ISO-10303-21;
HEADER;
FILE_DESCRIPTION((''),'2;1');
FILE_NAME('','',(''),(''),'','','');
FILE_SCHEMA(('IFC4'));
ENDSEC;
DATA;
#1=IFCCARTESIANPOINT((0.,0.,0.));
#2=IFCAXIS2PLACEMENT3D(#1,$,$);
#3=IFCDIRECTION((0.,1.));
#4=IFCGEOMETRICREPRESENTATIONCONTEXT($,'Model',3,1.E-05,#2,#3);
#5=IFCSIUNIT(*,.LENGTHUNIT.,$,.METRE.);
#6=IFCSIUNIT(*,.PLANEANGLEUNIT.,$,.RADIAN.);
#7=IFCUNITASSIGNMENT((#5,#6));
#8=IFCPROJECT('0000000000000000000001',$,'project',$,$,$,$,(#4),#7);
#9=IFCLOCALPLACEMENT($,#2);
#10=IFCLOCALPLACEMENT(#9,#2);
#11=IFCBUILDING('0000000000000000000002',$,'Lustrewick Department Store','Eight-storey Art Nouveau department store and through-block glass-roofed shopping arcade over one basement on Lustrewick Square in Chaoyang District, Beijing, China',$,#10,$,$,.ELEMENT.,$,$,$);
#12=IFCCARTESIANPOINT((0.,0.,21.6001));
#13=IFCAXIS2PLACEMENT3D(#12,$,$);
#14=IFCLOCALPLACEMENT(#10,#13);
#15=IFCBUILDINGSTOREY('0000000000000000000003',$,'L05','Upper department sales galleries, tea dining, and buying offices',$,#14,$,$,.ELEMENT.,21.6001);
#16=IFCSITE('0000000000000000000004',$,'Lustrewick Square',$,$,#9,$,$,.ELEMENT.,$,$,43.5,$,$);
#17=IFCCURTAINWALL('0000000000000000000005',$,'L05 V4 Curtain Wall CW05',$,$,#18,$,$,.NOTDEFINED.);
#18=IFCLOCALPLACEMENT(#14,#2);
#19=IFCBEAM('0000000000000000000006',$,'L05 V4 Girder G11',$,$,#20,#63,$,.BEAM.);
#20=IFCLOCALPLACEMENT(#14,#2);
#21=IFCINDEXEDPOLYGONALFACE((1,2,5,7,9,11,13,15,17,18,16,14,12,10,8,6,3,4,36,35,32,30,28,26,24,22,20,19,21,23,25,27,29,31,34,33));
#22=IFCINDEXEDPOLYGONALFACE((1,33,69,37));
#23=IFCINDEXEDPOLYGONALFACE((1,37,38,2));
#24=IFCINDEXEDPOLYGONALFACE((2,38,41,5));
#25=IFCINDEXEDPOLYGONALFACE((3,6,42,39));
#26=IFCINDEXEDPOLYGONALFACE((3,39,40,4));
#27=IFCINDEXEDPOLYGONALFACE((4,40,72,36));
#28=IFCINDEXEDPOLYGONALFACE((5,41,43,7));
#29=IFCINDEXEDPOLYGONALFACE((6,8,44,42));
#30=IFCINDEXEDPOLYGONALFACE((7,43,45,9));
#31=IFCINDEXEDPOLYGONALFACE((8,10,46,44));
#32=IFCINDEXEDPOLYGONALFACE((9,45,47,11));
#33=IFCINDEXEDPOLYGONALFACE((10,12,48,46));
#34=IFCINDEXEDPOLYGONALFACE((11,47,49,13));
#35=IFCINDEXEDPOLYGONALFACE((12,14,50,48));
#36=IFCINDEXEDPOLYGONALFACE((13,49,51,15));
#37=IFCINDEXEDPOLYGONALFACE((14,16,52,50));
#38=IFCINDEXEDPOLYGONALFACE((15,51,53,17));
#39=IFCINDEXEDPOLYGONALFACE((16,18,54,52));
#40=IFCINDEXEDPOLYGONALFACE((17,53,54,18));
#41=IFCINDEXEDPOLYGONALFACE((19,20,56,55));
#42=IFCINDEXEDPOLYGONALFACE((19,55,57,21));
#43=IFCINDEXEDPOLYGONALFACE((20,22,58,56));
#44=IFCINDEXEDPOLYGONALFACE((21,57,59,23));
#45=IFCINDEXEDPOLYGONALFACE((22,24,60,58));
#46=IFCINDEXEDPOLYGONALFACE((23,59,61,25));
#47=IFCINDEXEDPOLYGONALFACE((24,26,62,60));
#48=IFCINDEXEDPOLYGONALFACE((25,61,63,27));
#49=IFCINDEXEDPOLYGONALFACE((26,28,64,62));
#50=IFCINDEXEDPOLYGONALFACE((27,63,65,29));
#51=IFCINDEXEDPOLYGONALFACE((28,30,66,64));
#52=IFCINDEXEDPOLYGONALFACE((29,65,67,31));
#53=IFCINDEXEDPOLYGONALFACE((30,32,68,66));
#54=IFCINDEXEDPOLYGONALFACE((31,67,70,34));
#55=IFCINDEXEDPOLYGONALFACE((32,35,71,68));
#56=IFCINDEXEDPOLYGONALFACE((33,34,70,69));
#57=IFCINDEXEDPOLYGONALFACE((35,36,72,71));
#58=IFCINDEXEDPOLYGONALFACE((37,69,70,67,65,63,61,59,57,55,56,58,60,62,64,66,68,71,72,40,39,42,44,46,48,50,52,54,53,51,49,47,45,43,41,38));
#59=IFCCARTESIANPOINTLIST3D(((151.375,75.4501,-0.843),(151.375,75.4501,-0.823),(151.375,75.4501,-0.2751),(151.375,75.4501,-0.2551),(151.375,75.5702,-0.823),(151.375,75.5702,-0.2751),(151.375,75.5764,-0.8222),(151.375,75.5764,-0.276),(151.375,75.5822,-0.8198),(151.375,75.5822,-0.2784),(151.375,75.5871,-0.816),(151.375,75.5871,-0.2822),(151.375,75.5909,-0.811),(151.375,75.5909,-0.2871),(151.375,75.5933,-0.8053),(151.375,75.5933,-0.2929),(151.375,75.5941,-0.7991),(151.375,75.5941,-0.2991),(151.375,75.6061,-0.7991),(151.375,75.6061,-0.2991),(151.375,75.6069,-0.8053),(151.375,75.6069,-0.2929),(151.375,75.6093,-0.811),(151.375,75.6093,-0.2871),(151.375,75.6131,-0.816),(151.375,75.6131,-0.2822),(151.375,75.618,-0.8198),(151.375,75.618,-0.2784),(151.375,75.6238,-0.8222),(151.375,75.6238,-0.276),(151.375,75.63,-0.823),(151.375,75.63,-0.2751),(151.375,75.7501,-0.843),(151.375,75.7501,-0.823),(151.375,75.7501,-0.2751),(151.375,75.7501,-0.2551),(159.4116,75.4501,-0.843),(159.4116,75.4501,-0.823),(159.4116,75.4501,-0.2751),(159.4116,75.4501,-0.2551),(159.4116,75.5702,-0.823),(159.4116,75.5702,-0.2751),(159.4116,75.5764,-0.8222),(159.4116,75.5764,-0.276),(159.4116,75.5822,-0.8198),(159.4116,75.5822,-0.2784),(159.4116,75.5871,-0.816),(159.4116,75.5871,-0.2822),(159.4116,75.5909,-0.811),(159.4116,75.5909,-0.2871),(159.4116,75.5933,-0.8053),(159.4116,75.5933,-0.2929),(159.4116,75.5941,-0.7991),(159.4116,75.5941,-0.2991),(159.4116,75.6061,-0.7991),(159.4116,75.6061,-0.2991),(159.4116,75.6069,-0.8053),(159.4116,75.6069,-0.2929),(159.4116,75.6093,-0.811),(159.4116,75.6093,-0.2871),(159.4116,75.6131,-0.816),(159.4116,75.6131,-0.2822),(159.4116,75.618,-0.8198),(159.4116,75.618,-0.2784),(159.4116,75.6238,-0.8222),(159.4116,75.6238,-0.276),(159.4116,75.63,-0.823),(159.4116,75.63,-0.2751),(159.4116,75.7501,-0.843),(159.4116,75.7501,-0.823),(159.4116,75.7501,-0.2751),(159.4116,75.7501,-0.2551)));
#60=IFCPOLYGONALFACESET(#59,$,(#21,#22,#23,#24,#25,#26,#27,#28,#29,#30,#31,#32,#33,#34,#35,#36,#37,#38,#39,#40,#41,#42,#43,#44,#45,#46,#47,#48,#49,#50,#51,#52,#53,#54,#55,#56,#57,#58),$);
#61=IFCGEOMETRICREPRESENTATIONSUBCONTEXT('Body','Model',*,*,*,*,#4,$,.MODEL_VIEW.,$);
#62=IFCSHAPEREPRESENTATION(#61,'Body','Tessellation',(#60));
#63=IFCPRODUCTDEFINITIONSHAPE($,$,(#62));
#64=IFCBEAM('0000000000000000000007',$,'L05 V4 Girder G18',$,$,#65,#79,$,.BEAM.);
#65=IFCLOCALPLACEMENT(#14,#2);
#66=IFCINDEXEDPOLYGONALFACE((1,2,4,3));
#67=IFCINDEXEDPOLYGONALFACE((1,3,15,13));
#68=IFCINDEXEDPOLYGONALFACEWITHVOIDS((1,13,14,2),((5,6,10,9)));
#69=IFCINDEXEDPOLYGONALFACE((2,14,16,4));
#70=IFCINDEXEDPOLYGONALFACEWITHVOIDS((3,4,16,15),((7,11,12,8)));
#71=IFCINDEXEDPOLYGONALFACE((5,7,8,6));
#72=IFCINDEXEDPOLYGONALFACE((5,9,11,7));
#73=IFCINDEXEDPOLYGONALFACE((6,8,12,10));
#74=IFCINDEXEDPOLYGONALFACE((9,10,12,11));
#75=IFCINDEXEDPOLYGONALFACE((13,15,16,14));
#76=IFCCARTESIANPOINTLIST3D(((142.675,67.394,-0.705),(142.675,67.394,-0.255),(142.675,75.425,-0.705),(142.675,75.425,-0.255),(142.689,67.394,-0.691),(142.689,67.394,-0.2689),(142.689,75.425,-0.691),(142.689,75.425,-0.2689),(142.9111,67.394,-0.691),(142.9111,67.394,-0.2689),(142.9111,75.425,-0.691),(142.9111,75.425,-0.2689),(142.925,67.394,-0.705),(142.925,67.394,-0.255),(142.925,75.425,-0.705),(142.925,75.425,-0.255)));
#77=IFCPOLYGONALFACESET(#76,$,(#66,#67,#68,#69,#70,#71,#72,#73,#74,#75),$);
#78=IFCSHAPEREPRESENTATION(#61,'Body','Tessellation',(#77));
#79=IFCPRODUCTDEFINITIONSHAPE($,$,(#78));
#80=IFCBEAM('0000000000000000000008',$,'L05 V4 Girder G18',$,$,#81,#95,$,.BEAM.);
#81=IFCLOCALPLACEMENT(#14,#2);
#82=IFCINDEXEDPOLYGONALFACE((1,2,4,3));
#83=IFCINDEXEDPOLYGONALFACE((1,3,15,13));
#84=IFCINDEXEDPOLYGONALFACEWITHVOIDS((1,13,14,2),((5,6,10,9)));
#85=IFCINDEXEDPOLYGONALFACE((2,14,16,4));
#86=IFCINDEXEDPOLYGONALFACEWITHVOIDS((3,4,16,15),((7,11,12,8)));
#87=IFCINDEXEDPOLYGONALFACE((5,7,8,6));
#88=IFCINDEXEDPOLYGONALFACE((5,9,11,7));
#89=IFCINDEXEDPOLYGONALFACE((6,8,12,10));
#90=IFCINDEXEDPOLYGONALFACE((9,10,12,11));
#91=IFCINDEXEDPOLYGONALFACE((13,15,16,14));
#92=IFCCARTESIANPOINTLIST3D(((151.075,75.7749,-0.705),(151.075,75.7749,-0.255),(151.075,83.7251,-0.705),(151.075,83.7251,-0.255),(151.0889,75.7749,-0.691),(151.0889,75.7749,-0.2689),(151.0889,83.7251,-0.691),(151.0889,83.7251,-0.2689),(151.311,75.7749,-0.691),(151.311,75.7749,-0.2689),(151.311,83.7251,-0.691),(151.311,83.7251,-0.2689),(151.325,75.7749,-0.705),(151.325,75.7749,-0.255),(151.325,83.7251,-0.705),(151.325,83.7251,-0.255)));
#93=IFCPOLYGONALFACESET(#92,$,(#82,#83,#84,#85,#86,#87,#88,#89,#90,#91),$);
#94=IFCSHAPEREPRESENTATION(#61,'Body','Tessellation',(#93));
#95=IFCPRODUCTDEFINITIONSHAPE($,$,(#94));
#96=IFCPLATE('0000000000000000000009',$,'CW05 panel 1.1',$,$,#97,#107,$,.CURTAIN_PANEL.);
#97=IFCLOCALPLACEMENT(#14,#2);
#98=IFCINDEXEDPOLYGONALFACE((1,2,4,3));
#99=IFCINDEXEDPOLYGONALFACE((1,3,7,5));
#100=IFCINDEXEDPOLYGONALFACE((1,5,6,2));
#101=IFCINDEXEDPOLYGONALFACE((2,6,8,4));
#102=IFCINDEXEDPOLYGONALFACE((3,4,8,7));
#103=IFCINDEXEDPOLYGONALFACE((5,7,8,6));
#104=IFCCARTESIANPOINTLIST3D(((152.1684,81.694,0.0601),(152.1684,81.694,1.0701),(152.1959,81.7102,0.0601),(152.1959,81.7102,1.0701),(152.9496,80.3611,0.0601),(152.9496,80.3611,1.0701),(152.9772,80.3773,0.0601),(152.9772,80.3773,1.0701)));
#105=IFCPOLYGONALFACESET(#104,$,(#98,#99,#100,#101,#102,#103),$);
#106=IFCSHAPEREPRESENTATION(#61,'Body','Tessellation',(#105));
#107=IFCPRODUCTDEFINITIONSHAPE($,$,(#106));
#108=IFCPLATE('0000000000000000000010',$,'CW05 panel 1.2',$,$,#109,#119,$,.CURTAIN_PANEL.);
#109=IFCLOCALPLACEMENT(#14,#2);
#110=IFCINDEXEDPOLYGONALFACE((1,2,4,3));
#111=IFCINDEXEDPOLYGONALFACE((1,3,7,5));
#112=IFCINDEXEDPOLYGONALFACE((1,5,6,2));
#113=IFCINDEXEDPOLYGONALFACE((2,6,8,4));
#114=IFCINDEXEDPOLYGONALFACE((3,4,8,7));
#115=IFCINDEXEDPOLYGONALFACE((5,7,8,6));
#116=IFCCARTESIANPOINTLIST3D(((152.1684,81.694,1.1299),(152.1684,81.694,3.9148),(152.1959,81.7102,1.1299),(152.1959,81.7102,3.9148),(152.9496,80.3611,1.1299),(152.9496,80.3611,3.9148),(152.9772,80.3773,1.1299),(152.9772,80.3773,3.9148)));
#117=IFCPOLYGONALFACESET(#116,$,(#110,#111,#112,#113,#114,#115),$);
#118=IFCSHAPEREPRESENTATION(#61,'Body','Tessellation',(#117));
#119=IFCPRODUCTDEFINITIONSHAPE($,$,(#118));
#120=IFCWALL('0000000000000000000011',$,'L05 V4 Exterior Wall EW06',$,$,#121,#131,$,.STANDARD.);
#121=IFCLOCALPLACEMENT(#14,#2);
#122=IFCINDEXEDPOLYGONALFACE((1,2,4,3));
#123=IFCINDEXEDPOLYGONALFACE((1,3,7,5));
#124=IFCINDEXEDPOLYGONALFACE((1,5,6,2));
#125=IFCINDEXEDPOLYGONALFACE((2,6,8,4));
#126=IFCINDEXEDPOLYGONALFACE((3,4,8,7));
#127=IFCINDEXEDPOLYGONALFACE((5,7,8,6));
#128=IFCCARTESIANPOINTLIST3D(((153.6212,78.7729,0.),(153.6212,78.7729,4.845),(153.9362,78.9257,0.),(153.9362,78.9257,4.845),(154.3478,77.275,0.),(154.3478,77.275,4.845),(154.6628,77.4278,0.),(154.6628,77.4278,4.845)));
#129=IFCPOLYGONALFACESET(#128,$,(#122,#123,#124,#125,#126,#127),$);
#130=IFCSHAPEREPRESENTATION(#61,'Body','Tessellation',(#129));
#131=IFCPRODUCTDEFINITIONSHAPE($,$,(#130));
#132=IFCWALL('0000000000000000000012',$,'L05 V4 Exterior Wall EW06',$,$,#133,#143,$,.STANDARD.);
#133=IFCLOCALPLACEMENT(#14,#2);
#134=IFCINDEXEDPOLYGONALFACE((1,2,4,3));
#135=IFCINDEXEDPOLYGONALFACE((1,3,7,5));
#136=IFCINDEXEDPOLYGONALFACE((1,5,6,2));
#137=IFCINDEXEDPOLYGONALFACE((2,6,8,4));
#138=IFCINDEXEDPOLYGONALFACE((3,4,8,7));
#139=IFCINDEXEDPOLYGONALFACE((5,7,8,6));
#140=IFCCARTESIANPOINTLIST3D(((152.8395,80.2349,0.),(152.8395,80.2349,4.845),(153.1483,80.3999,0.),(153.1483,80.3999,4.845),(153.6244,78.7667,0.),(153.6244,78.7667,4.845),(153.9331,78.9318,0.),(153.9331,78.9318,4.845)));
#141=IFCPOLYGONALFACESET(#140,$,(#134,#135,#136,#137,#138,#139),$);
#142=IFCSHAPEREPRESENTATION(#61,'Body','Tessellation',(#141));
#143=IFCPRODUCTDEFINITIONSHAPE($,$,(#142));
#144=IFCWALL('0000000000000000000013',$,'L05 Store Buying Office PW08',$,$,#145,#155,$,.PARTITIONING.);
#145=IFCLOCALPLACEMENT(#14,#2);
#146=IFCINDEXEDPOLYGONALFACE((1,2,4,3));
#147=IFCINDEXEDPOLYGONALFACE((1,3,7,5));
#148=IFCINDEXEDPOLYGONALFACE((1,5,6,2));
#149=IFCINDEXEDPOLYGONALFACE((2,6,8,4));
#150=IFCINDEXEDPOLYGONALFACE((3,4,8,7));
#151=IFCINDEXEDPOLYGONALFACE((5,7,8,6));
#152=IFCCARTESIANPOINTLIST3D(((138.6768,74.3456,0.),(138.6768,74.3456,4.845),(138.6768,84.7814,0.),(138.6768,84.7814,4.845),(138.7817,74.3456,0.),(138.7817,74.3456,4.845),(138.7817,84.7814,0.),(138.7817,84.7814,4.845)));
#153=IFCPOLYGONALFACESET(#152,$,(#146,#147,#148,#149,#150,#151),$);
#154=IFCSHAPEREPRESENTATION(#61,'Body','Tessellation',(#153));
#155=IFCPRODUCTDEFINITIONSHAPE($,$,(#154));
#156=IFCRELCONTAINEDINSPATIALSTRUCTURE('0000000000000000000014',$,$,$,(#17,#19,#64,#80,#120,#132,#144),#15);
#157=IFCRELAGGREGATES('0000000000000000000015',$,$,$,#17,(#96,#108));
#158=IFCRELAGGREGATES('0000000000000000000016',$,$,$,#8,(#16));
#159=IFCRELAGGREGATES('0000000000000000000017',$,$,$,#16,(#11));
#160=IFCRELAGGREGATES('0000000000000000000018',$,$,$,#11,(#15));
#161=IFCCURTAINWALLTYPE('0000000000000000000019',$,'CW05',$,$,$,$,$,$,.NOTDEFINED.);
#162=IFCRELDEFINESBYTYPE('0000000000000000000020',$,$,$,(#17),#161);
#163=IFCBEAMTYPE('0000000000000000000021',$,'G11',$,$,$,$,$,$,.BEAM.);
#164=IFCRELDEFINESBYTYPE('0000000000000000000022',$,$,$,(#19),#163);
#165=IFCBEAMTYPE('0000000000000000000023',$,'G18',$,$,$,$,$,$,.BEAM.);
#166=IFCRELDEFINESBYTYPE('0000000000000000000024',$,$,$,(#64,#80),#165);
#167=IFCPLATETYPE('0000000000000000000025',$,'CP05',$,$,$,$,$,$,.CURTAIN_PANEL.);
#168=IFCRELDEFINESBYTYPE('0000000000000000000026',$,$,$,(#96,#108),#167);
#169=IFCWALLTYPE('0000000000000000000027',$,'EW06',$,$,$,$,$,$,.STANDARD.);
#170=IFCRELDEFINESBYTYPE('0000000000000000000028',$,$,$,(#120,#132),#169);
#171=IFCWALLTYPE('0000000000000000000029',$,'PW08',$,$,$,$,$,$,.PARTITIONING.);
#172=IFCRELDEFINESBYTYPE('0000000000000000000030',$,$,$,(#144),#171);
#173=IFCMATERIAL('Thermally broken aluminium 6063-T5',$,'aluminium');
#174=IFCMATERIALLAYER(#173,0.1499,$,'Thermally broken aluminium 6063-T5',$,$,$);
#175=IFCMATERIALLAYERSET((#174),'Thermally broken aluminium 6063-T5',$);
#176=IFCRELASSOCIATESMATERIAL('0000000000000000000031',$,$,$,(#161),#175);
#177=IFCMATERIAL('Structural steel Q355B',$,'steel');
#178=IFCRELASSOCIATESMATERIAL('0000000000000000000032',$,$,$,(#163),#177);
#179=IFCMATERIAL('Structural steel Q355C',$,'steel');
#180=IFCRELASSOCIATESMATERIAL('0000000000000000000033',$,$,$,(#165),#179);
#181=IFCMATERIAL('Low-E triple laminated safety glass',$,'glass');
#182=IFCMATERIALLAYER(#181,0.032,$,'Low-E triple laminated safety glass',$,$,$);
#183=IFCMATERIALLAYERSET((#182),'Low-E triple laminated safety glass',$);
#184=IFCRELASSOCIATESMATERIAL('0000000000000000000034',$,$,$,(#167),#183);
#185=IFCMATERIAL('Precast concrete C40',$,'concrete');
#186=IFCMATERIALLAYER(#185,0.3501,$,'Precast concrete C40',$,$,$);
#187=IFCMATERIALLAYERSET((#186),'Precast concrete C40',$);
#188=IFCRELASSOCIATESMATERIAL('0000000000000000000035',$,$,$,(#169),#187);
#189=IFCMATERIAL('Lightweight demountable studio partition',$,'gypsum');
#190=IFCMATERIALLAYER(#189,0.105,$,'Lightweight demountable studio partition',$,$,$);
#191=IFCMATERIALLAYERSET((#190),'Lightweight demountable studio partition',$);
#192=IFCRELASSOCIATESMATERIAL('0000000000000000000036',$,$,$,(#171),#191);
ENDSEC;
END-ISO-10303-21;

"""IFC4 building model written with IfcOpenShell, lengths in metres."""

from ifc_helpers import new_model, si_unit, direction, frame, frame_2d, origin, origin_2d, place, context, subcontext, project, spatial, rectangle, hollow_rectangle, i_section, extrude, material, layer, layer_set, material_profile, profile_set, type_object, element, aggregate, save


model = new_model("IFC4")

# Units and contexts
model_context = context("Model", 3, precision=1e-05, world=origin(), true_north=direction((0.0, 1.0)))
body_context = subcontext(model_context, "Body", "Model", "MODEL_VIEW")
ifc_project = project(units=[si_unit("LENGTHUNIT", "METRE"), si_unit("PLANEANGLEUNIT", "RADIAN")], contexts=[model_context])

# Site, building, storey
site_placement = place(None, origin())
site = spatial("IfcSite", under=ifc_project, at=site_placement, Name="Lustrewick Square", CompositionType="ELEMENT", RefElevation=43.5)
building_placement = place(site_placement, origin())
building = spatial("IfcBuilding", under=site, at=building_placement, Name="Lustrewick Department Store", Description="Eight-storey Art Nouveau department store and through-block glass-roofed shopping arcade over one basement on Lustrewick Square in Chaoyang District, Beijing, China", CompositionType="ELEMENT")
storey_placement = place(building_placement, frame((0.0, 0.0, 21.6001)))
storey = spatial("IfcBuildingStorey", under=building, at=storey_placement, Name="L05", Description="Upper department sales galleries, tea dining, and buying offices", CompositionType="ELEMENT", Elevation=21.6001)

# Shared definitions
ifc_material_1 = material(Name="Structural steel Q355B", Category="steel")

# Shared definitions
ifc_material_2 = material(Name="Thermally broken aluminium 6063-T5", Category="aluminium")

# Curtain wall
ifc_layer_1 = layer(ifc_material_2, 0.1499, Name="Thermally broken aluminium 6063-T5")
ifc_layer_set_1 = layer_set([ifc_layer_1], Name="Thermally broken aluminium 6063-T5")
curtain_wall_type_1 = type_object("IfcCurtainWallType", Name="CW05", PredefinedType="NOTDEFINED", material=ifc_layer_set_1)
curtain_wall_1_placement = place(storey_placement, origin())
curtain_wall_1 = element("IfcCurtainWall", 1, at=curtain_wall_1_placement, inside=storey, type_object=curtain_wall_type_1, Name="L05 V4 Curtain Wall CW05", PredefinedType="NOTDEFINED")

# Beams
ifc_material_3 = material(Name="Structural steel Q355C", Category="steel")
ifc_material_profile_1 = material_profile(ifc_material_1, i_section(OverallWidth=0.3, OverallDepth=0.5879, WebThickness=0.012, FlangeThickness=0.02, FilletRadius=0.0239, at=origin_2d()), Name="HM 588x300x12x20")
ifc_profile_set_1 = profile_set([ifc_material_profile_1], Name="Structural steel Q355B")
beam_type_1 = type_object("IfcBeamType", Name="G11", PredefinedType="BEAM", material=ifc_profile_set_1)
beam_1_placement = place(storey_placement, frame((151.375, 75.6001, -0.5491), z_axis=(1.0, 0.0, 0.0), x_axis=(0.0, 1.0, 0.0)))
element("IfcBeam", 2, at=beam_1_placement, inside=storey, type_object=beam_type_1, Name="L05 V4 Girder G11", PredefinedType="BEAM", context=body_context, shape_type="SweptSolid", body=[
    extrude(i_section(OverallWidth=0.3, OverallDepth=0.5879, WebThickness=0.012, FlangeThickness=0.02, FilletRadius=0.0239, at=origin_2d()), origin(), (0.0, 0.0, 1.0), 8.0366),
])
ifc_material_profile_2 = material_profile(ifc_material_3, hollow_rectangle(XDim=0.25, YDim=0.45, WallThickness=0.0139, at=origin_2d()), Name="RHS 450x250x14")
ifc_profile_set_2 = profile_set([ifc_material_profile_2], Name="Structural steel Q355C")
beam_type_2 = type_object("IfcBeamType", Name="G18", PredefinedType="BEAM", material=ifc_profile_set_2)
beam_2_placement = place(storey_placement, frame((142.8, 67.394, -0.48), z_axis=(0.0, 1.0, 0.0), x_axis=(-1.0, 0.0, 0.0)))
element("IfcBeam", 3, at=beam_2_placement, inside=storey, type_object=beam_type_2, Name="L05 V4 Girder G18", PredefinedType="BEAM", context=body_context, shape_type="SweptSolid", body=[
    extrude(hollow_rectangle(XDim=0.25, YDim=0.45, WallThickness=0.0139, at=origin_2d()), origin(), (0.0, 0.0, 1.0), 8.031),
])
beam_3_placement = place(storey_placement, frame((151.2, 75.7749, -0.48), z_axis=(0.0, 1.0, 0.0), x_axis=(-1.0, 0.0, 0.0)))
element("IfcBeam", 4, at=beam_3_placement, inside=storey, type_object=beam_type_2, Name="L05 V4 Girder G18", PredefinedType="BEAM", context=body_context, shape_type="SweptSolid", body=[
    extrude(hollow_rectangle(XDim=0.25, YDim=0.45, WallThickness=0.0139, at=origin_2d()), origin(), (0.0, 0.0, 1.0), 7.9502),
])

# Plates
ifc_material_4 = material(Name="Low-E triple laminated safety glass", Category="glass")
ifc_layer_2 = layer(ifc_material_4, 0.032, Name="Low-E triple laminated safety glass")
ifc_layer_set_2 = layer_set([ifc_layer_2], Name="Low-E triple laminated safety glass")
plate_type = type_object("IfcPlateType", Name="CP05", PredefinedType="CURTAIN_PANEL", material=ifc_layer_set_2)
plate_1_placement = place(storey_placement, frame((152.5728, 81.0356, 0.0601), z_axis=(0.0, 0.0, 1.0), x_axis=(-0.505662, 0.862731, 0.0)))
plate_1 = element("IfcPlate", 5, at=plate_1_placement, type_object=plate_type, Name="CW05 panel 1.1", PredefinedType="CURTAIN_PANEL", context=body_context, shape_type="SweptSolid", body=[
    extrude(rectangle(XDim=1.5449, YDim=0.032, at=origin_2d()), origin(), (0.0, 0.0, 1.0), 1.01),
])
plate_2_placement = place(storey_placement, frame((152.5728, 81.0356, 1.1299), z_axis=(0.0, 0.0, 1.0), x_axis=(-0.505662, 0.862731, 0.0)))
plate_2 = element("IfcPlate", 6, at=plate_2_placement, type_object=plate_type, Name="CW05 panel 1.2", PredefinedType="CURTAIN_PANEL", context=body_context, shape_type="SweptSolid", body=[
    extrude(rectangle(XDim=1.5449, YDim=0.032, at=origin_2d()), origin(), (0.0, 0.0, 1.0), 2.7849),
])
aggregate(curtain_wall_1, [plate_1, plate_2])

# Walls
ifc_material_5 = material(Name="Precast concrete C40", Category="concrete")
ifc_layer_3 = layer(ifc_material_5, 0.3501, Name="Precast concrete C40")
ifc_layer_set_3 = layer_set([ifc_layer_3], Name="Precast concrete C40")
wall_type_1 = type_object("IfcWallType", Name="EW06", PredefinedType="STANDARD", material=ifc_layer_set_3)
for number, where, z_axis, x_axis, name in (
    (7, (154.5054, 77.3513, 0.0), (0.0, 0.0, 1.0), (-0.436446, 0.89973, 0.0), "L05 V4 Exterior Wall EW06"),
    (8, (153.7788, 78.8491, 0.0), (0.0, 0.0, 1.0), (-0.471448, 0.881894, 0.0), "L05 V4 Exterior Wall EW06"),
):
    element("IfcWall", number, at=place(storey_placement, frame(where, z_axis=z_axis, x_axis=x_axis)), inside=storey, type_object=wall_type_1, Name=name, PredefinedType="STANDARD", context=body_context, shape_type="SweptSolid", body=[
        extrude(rectangle(XDim=1.6648, YDim=0.3501, at=frame_2d((0.8325, 0.0))), origin(), (0.0, 0.0, 1.0), 4.845),
    ])
ifc_material_6 = material(Name="Lightweight demountable studio partition", Category="gypsum")
ifc_layer_4 = layer(ifc_material_6, 0.105, Name="Lightweight demountable studio partition")
ifc_layer_set_4 = layer_set([ifc_layer_4], Name="Lightweight demountable studio partition")
wall_type_2 = type_object("IfcWallType", Name="PW08", PredefinedType="PARTITIONING", material=ifc_layer_set_4)
wall_placement = place(storey_placement, frame((138.7292, 74.3457, 0.0), z_axis=(0.0, 0.0, 1.0), x_axis=(0.0, 1.0, 0.0)))
element("IfcWall", 9, at=wall_placement, inside=storey, type_object=wall_type_2, Name="L05 Store Buying Office PW08", PredefinedType="PARTITIONING", context=body_context, shape_type="SweptSolid", body=[
    extrude(rectangle(XDim=10.4358, YDim=0.105, at=frame_2d((5.2178, 0.0))), origin(), (0.0, 0.0, 1.0), 4.845),
])

save(model, "model.ifc")
